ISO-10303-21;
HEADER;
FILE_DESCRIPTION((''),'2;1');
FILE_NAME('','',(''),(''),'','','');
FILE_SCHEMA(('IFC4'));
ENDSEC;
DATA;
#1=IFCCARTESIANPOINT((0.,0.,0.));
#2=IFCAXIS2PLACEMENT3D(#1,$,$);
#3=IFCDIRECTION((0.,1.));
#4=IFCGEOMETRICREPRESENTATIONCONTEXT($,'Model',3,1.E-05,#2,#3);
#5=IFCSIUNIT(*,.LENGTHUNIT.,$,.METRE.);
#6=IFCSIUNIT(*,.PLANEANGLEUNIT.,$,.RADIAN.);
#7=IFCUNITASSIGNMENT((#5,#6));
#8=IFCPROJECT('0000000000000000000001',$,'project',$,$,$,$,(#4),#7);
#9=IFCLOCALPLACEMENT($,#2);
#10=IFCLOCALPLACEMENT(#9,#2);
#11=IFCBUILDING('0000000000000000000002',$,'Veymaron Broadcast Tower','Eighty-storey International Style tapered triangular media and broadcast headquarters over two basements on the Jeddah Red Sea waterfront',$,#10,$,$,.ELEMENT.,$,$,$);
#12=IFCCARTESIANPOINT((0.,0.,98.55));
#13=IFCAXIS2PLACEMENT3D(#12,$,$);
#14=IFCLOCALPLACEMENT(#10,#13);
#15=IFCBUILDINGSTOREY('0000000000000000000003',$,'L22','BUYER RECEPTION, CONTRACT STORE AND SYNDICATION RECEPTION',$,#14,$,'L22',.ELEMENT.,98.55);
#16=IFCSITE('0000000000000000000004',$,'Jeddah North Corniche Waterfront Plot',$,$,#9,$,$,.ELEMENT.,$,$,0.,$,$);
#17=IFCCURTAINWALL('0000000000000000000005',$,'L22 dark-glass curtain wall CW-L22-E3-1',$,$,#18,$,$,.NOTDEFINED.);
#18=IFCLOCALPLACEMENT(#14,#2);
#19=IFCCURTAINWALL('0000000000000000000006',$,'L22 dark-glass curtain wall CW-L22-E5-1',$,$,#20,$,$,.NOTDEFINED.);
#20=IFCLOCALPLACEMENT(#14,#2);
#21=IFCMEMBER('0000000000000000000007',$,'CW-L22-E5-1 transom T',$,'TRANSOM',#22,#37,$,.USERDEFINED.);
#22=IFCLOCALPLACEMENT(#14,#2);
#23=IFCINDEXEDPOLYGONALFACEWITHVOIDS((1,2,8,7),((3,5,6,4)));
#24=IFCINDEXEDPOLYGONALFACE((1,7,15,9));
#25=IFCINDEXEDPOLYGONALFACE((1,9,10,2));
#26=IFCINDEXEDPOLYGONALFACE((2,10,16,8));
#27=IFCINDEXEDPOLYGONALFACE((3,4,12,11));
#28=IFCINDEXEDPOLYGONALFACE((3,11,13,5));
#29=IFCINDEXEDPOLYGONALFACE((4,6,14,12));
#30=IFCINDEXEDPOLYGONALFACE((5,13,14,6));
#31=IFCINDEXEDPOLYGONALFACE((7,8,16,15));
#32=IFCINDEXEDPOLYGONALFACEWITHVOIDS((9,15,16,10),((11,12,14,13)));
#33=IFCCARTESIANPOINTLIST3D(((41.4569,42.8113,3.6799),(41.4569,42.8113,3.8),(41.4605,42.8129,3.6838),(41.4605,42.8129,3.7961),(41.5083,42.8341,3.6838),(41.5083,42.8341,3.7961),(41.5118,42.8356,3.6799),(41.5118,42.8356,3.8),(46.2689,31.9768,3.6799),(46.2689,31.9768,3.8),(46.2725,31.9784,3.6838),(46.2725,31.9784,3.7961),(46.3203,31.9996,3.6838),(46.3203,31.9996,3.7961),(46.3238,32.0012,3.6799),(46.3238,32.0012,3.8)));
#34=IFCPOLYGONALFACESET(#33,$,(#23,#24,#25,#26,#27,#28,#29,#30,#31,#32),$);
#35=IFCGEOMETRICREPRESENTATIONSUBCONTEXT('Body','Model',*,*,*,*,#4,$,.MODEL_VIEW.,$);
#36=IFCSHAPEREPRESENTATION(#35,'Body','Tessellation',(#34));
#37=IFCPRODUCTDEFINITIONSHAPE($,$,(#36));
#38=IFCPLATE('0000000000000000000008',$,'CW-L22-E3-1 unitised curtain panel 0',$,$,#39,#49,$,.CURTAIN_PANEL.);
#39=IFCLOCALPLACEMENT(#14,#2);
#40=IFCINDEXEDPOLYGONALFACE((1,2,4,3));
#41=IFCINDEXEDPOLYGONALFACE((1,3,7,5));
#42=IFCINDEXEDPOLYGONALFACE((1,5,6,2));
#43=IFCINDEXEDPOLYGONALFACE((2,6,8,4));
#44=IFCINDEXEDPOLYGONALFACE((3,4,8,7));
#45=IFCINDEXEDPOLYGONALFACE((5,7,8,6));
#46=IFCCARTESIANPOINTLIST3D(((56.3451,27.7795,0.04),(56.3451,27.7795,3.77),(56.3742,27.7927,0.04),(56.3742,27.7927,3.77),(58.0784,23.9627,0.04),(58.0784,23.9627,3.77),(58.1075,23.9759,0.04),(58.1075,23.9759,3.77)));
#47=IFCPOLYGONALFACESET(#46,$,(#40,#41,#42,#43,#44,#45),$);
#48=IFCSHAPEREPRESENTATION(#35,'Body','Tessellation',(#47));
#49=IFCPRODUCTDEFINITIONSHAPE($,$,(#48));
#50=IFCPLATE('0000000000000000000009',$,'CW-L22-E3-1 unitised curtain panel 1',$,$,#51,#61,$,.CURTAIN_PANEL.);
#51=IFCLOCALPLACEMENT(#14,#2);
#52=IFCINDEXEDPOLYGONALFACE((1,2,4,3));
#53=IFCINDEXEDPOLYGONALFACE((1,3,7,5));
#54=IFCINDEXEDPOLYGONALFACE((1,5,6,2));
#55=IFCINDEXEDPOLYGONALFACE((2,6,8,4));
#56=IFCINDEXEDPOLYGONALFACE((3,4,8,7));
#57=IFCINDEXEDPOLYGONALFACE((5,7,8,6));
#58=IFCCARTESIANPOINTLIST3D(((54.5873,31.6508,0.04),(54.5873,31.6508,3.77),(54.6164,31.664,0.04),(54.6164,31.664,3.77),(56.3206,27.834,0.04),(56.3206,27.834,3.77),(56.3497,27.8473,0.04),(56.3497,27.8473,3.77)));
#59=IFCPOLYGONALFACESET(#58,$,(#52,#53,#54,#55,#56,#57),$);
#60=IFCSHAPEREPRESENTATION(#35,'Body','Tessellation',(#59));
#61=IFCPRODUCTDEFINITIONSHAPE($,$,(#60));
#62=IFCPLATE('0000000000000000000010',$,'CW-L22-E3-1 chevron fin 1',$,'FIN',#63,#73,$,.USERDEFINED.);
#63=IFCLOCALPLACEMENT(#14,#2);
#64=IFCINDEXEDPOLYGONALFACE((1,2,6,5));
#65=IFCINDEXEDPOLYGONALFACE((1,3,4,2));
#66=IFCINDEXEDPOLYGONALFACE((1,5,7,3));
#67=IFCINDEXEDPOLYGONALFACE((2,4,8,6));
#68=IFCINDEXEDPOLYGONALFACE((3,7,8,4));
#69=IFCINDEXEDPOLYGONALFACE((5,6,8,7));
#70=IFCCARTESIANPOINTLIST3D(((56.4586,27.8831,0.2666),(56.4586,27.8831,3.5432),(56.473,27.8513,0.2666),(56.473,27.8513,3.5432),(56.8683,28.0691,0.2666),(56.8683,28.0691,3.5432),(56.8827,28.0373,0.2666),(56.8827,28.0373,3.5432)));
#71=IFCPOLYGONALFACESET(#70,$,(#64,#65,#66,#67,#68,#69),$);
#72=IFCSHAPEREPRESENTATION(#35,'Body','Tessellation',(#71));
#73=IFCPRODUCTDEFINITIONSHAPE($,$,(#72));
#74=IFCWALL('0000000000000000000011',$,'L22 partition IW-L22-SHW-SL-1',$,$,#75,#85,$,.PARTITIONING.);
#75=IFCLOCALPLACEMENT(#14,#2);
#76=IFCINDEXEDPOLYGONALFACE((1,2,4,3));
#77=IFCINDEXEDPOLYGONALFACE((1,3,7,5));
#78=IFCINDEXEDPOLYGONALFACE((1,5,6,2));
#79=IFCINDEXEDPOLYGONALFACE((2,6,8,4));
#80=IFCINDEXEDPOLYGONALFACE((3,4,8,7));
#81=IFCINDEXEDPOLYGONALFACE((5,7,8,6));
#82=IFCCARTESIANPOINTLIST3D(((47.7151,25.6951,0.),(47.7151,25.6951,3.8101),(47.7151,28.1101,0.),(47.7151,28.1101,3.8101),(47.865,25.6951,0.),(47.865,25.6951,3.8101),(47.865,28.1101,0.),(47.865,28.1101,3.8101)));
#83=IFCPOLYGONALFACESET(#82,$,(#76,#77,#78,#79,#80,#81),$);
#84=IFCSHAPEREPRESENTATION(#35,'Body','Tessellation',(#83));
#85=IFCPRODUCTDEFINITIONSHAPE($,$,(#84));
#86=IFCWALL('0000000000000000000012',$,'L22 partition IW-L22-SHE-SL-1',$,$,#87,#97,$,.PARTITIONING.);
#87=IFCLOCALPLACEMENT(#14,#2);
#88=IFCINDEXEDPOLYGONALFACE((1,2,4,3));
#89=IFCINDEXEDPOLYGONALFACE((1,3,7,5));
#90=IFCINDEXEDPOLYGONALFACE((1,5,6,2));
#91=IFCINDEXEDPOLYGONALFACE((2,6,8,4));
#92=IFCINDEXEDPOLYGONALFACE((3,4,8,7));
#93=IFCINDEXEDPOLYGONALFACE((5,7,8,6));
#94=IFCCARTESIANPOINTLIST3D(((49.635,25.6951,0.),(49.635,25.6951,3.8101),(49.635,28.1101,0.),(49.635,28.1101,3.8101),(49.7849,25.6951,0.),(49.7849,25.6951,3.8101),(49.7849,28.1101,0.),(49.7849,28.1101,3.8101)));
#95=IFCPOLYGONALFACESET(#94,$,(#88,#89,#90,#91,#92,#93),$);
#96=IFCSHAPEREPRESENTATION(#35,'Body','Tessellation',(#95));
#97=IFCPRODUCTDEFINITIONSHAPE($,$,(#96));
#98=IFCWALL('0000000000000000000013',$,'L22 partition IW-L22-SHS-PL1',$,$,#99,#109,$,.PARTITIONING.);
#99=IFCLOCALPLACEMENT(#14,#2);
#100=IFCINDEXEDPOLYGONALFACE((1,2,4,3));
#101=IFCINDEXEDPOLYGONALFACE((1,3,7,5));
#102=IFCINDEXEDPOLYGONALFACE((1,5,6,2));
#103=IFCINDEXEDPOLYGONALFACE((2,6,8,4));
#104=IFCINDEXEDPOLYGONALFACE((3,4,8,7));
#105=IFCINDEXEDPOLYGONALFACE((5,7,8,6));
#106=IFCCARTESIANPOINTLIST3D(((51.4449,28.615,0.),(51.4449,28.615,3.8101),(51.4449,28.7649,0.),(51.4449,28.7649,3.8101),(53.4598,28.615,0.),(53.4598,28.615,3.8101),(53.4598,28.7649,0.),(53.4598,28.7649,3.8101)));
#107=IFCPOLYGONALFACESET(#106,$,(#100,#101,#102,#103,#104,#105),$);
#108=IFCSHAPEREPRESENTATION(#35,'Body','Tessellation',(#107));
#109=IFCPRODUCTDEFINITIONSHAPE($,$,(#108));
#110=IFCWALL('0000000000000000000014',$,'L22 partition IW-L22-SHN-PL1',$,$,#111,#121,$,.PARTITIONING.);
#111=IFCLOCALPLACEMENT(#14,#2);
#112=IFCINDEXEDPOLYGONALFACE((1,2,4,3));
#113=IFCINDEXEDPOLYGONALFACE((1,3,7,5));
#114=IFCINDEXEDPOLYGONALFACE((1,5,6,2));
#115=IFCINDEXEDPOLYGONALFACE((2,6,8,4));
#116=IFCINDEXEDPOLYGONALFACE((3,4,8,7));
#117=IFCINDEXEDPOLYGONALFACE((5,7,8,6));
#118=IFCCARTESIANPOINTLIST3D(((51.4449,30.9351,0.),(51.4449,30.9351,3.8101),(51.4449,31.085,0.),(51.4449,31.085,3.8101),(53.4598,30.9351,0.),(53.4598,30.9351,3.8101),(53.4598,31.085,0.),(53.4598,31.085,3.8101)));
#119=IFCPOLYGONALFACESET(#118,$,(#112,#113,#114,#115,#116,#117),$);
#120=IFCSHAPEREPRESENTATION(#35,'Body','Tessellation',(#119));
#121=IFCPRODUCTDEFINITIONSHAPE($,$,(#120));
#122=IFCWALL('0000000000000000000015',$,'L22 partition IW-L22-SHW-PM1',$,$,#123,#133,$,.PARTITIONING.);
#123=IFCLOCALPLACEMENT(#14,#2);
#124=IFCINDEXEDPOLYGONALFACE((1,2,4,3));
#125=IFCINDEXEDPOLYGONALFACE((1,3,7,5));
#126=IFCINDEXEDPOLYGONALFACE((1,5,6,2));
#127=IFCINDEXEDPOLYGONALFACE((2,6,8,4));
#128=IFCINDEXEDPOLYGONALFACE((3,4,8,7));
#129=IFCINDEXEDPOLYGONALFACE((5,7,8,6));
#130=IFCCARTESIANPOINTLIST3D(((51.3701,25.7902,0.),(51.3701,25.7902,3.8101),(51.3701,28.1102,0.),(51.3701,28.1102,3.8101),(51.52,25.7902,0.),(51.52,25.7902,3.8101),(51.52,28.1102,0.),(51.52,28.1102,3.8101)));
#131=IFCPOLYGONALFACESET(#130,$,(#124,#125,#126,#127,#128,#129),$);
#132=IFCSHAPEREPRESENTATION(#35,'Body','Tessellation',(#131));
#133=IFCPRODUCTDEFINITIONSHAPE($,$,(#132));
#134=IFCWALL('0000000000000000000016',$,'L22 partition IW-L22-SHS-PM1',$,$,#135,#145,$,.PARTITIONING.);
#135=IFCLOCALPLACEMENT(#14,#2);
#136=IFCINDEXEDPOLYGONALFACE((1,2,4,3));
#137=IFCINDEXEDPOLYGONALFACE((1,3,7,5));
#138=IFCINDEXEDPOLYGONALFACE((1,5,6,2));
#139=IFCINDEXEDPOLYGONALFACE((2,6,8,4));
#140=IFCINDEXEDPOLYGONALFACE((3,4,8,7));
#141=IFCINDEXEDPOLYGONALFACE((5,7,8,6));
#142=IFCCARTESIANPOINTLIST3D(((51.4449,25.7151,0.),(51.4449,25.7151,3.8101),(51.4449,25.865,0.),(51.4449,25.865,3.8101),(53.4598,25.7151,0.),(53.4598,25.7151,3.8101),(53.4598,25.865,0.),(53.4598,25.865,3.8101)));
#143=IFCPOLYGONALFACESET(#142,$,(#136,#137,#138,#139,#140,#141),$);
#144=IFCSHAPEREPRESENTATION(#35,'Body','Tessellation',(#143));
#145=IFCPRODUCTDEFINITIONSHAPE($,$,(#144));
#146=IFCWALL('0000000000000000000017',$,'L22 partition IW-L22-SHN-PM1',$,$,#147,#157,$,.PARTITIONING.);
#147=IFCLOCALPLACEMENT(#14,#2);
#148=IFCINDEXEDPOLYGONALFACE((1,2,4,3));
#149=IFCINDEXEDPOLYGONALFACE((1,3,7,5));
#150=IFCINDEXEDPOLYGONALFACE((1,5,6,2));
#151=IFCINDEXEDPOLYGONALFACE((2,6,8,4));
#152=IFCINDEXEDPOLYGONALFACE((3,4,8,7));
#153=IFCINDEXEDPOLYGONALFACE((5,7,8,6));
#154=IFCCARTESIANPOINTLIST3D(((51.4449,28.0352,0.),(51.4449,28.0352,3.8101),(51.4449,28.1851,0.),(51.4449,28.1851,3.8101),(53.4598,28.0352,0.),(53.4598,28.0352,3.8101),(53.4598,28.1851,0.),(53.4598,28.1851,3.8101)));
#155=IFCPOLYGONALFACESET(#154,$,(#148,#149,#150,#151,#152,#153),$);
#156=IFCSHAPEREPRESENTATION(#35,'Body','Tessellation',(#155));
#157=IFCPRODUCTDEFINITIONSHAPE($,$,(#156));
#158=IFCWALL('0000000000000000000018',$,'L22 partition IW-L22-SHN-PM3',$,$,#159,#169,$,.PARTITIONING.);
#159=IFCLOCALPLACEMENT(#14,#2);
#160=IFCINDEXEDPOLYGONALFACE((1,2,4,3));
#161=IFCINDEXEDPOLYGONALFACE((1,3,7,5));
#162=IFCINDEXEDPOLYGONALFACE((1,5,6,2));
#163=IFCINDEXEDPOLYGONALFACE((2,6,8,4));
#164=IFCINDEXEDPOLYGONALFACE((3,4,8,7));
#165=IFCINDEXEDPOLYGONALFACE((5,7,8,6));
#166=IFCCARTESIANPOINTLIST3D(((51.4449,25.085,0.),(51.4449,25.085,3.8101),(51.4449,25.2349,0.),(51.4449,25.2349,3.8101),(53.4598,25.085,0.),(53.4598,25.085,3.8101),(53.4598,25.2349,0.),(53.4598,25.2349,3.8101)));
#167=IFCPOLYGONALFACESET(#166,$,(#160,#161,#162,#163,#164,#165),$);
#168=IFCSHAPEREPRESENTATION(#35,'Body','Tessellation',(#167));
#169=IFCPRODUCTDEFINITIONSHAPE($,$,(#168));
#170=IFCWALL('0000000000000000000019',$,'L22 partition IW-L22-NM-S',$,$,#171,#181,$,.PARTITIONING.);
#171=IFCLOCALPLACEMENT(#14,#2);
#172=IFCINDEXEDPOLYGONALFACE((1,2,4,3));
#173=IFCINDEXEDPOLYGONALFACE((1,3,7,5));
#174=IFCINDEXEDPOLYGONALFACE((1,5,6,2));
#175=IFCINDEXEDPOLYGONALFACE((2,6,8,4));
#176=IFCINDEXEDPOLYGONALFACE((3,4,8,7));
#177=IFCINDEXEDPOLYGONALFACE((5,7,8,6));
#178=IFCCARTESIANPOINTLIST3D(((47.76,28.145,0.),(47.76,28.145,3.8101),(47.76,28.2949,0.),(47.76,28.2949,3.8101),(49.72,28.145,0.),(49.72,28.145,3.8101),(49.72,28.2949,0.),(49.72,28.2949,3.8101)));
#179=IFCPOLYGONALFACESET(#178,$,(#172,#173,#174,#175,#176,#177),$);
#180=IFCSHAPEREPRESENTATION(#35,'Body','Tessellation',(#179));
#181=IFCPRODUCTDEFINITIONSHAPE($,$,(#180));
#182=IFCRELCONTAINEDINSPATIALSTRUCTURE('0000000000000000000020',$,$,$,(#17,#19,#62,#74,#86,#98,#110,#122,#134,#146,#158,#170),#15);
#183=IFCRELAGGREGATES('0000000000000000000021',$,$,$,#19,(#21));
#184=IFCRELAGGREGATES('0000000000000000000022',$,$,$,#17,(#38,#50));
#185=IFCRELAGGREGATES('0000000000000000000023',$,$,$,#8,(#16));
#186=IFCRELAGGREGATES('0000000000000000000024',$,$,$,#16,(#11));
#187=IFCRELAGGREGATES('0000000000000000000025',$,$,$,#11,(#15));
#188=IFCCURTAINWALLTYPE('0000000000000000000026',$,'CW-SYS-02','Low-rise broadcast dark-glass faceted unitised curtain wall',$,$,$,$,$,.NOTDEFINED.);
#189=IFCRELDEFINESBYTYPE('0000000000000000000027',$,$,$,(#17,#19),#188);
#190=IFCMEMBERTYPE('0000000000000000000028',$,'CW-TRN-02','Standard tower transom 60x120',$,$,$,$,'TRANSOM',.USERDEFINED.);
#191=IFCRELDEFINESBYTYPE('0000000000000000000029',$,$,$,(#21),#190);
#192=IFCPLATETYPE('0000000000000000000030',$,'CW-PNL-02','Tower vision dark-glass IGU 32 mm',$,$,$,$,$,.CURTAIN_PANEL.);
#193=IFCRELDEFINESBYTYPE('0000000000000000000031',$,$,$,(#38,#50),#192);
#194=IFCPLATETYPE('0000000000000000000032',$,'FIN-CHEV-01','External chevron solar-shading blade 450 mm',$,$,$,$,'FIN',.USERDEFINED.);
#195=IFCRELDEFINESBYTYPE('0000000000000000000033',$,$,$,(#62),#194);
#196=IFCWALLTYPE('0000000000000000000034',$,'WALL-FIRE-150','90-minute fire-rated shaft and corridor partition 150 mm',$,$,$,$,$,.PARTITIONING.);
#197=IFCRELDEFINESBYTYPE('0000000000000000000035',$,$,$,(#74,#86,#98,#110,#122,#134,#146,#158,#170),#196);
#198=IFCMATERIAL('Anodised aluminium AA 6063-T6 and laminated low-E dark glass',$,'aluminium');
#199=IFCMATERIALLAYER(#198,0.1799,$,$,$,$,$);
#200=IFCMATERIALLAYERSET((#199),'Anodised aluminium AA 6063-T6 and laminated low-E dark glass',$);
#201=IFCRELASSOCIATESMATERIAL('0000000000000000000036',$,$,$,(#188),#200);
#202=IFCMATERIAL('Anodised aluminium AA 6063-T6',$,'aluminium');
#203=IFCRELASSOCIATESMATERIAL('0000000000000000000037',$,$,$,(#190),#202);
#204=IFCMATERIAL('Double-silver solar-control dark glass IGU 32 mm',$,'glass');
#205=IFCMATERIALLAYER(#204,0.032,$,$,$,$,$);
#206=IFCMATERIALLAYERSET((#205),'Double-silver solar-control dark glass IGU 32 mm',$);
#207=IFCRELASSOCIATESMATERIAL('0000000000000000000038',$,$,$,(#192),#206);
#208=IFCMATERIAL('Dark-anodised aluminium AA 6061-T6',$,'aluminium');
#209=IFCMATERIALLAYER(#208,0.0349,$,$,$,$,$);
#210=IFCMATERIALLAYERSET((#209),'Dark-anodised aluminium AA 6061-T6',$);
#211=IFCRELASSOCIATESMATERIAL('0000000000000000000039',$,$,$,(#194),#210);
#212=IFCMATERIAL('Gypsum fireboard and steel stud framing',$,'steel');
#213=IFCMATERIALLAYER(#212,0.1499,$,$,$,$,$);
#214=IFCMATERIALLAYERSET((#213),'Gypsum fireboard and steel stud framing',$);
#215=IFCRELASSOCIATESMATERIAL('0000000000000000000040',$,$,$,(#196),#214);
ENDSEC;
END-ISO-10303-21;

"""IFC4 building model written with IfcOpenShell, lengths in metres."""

from ifc_helpers import new_model, si_unit, direction, frame, frame_2d, origin, origin_2d, place, context, subcontext, project, spatial, rectangle, hollow_rectangle, extrude, material, layer, layer_set, material_profile, profile_set, type_object, element, aggregate, save


model = new_model("IFC4")

# Units and contexts
model_context = context("Model", 3, precision=1e-05, world=origin(), true_north=direction((0.0, 1.0)))
body_context = subcontext(model_context, "Body", "Model", "MODEL_VIEW")
ifc_project = project(units=[si_unit("LENGTHUNIT", "METRE"), si_unit("PLANEANGLEUNIT", "RADIAN")], contexts=[model_context])

# Site, building, storey
site_placement = place(None, origin())
site = spatial("IfcSite", under=ifc_project, at=site_placement, Name="Jeddah North Corniche Waterfront Plot", CompositionType="ELEMENT", RefElevation=0.0)
building_placement = place(site_placement, origin())
building = spatial("IfcBuilding", under=site, at=building_placement, Name="Veymaron Broadcast Tower", Description="Eighty-storey International Style tapered triangular media and broadcast headquarters over two basements on the Jeddah Red Sea waterfront", CompositionType="ELEMENT")
storey_placement = place(building_placement, frame((0.0, 0.0, 98.55)))
storey = spatial("IfcBuildingStorey", under=building, at=storey_placement, Name="L22", Description="BUYER RECEPTION, CONTRACT STORE AND SYNDICATION RECEPTION", LongName="L22", CompositionType="ELEMENT", Elevation=98.55)

# Shared definitions
ifc_material_1 = material(Name="Anodised aluminium AA 6063-T6 and laminated low-E dark glass", Category="aluminium")
ifc_layer_1 = layer(ifc_material_1, 0.1799)
ifc_layer_set_1 = layer_set([ifc_layer_1], Name="Anodised aluminium AA 6063-T6 and laminated low-E dark glass")
curtain_wall_type = type_object("IfcCurtainWallType", Name="CW-SYS-02", Description="Low-rise broadcast dark-glass faceted unitised curtain wall", PredefinedType="NOTDEFINED", material=ifc_layer_set_1)
ifc_material_2 = material(Name="Anodised aluminium AA 6063-T6", Category="aluminium")

# Curtain wall
curtain_wall_1_placement = place(storey_placement, origin())
curtain_wall_1 = element("IfcCurtainWall", 1, at=curtain_wall_1_placement, inside=storey, type_object=curtain_wall_type, Name="L22 dark-glass curtain wall CW-L22-E3-1", PredefinedType="NOTDEFINED")

# Curtain wall
curtain_wall_2_placement = place(storey_placement, origin())
curtain_wall_2 = element("IfcCurtainWall", 2, at=curtain_wall_2_placement, inside=storey, type_object=curtain_wall_type, Name="L22 dark-glass curtain wall CW-L22-E5-1", PredefinedType="NOTDEFINED")

# Member
ifc_material_profile_1 = material_profile(ifc_material_2, hollow_rectangle(XDim=0.0601, YDim=0.1201, WallThickness=0.0039, at=origin_2d()), Name="AL120X60X4")
ifc_profile_set_1 = profile_set([ifc_material_profile_1], Name="Anodised aluminium AA 6063-T6")
member_type_1 = type_object("IfcMemberType", Name="CW-TRN-02", Description="Standard tower transom 60x120", ElementType="TRANSOM", PredefinedType="USERDEFINED", material=ifc_profile_set_1)
member_1_placement = place(storey_placement, frame((46.2964, 31.989, 3.74), z_axis=(-0.405905, 0.913915, 0.0), x_axis=(-0.913915, -0.405905, 0.0)))
member_1 = element("IfcMember", 3, at=member_1_placement, type_object=member_type_1, Name="CW-L22-E5-1 transom T", ObjectType="TRANSOM", PredefinedType="USERDEFINED", context=body_context, shape_type="SweptSolid", body=[
    extrude(hollow_rectangle(XDim=0.0601, YDim=0.1201, WallThickness=0.0039, at=origin_2d()), origin(), (0.0, 0.0, 1.0), 11.855),
])
aggregate(curtain_wall_2, [member_1])

# Plates
ifc_material_3 = material(Name="Double-silver solar-control dark glass IGU 32 mm", Category="glass")
ifc_layer_2 = layer(ifc_material_3, 0.032)
ifc_layer_set_2 = layer_set([ifc_layer_2], Name="Double-silver solar-control dark glass IGU 32 mm")
plate_type_1 = type_object("IfcPlateType", Name="CW-PNL-02", Description="Tower vision dark-glass IGU 32 mm", PredefinedType="CURTAIN_PANEL", material=ifc_layer_set_2)
plate_1_placement = place(storey_placement, frame((57.2263, 25.8777, 0.04), z_axis=(0.0, 0.0, 1.0), x_axis=(-0.413486, 0.910511, 0.0)))
plate_1 = element("IfcPlate", 4, at=plate_1_placement, type_object=plate_type_1, Name="CW-L22-E3-1 unitised curtain panel 0", PredefinedType="CURTAIN_PANEL", context=body_context, shape_type="SweptSolid", body=[
    extrude(rectangle(XDim=4.1919, YDim=0.032, at=origin_2d()), origin(), (0.0, 0.0, 1.0), 3.73),
])
plate_2_placement = place(storey_placement, frame((55.4685, 29.749, 0.04), z_axis=(0.0, 0.0, 1.0), x_axis=(-0.413486, 0.910511, 0.0)))
plate_2 = element("IfcPlate", 5, at=plate_2_placement, type_object=plate_type_1, Name="CW-L22-E3-1 unitised curtain panel 1", PredefinedType="CURTAIN_PANEL", context=body_context, shape_type="SweptSolid", body=[
    extrude(rectangle(XDim=4.1919, YDim=0.032, at=origin_2d()), origin(), (0.0, 0.0, 1.0), 3.73),
])
aggregate(curtain_wall_1, [plate_1, plate_2])
ifc_material_4 = material(Name="Dark-anodised aluminium AA 6061-T6", Category="aluminium")
ifc_layer_3 = layer(ifc_material_4, 0.0349)
ifc_layer_set_3 = layer_set([ifc_layer_3], Name="Dark-anodised aluminium AA 6061-T6")
plate_type_2 = type_object("IfcPlateType", Name="FIN-CHEV-01", Description="External chevron solar-shading blade 450 mm", ElementType="FIN", PredefinedType="USERDEFINED", material=ifc_layer_set_3)
plate_3_placement = place(storey_placement, frame((56.6707, 27.9602, 0.2666), z_axis=(0.0, 0.0, 1.0), x_axis=(0.910511, 0.413486, 0.0)))
element("IfcPlate", 6, at=plate_3_placement, inside=storey, type_object=plate_type_2, Name="CW-L22-E3-1 chevron fin 1", ObjectType="FIN", PredefinedType="USERDEFINED", context=body_context, shape_type="SweptSolid", body=[
    extrude(rectangle(XDim=0.45, YDim=0.0349, at=origin_2d()), origin(), (0.0, 0.0, 1.0), 3.2766),
])

# Shared definitions
ifc_material_5 = material(Name="Gypsum fireboard and steel stud framing", Category="steel")
ifc_layer_4 = layer(ifc_material_5, 0.1499)
ifc_layer_set_4 = layer_set([ifc_layer_4], Name="Gypsum fireboard and steel stud framing")
wall_type_1 = type_object("IfcWallType", Name="WALL-FIRE-150", Description="90-minute fire-rated shaft and corridor partition 150 mm", PredefinedType="PARTITIONING", material=ifc_layer_set_4)

# Walls
for number, where, z_axis, x_axis, name in (
    (7, (47.79, 25.6951, 0.0), (0.0, 0.0, 1.0), (0.0, 1.0, 0.0), "L22 partition IW-L22-SHW-SL-1"),
    (8, (49.71, 25.6951, 0.0), (0.0, 0.0, 1.0), (0.0, 1.0, 0.0), "L22 partition IW-L22-SHE-SL-1"),
):
    element("IfcWall", number, at=place(storey_placement, frame(where, z_axis=z_axis, x_axis=x_axis)), inside=storey, type_object=wall_type_1, Name=name, PredefinedType="PARTITIONING", context=body_context, shape_type="SweptSolid", body=[
        extrude(rectangle(XDim=2.415, YDim=0.1499, at=frame_2d((1.2075, 0.0))), origin(), (0.0, 0.0, 1.0), 3.8101),
    ])

# Walls
for number, where, z_axis, x_axis, name in (
    (9, (51.4451, 28.6899, 0.0), (0.0, 0.0, 1.0), (1.0, 0.0, 0.0), "L22 partition IW-L22-SHS-PL1"),
    (10, (51.4451, 31.01, 0.0), (0.0, 0.0, 1.0), (1.0, 0.0, 0.0), "L22 partition IW-L22-SHN-PL1"),
):
    element("IfcWall", number, at=place(storey_placement, frame(where, z_axis=z_axis, x_axis=x_axis)), inside=storey, type_object=wall_type_1, Name=name, PredefinedType="PARTITIONING", context=body_context, shape_type="SweptSolid", body=[
        extrude(rectangle(XDim=2.0149, YDim=0.1499, at=frame_2d((1.0073, 0.0))), origin(), (0.0, 0.0, 1.0), 3.8101),
    ])
wall_1_placement = place(storey_placement, frame((51.4451, 25.79, 0.0), z_axis=(0.0, 0.0, 1.0), x_axis=(0.0, 1.0, 0.0)))
element("IfcWall", 11, at=wall_1_placement, inside=storey, type_object=wall_type_1, Name="L22 partition IW-L22-SHW-PM1", PredefinedType="PARTITIONING", context=body_context, shape_type="SweptSolid", body=[
    extrude(rectangle(XDim=2.3201, YDim=0.1499, at=frame_2d((1.1602, 0.0))), origin(), (0.0, 0.0, 1.0), 3.8101),
])
for number, where, z_axis, x_axis, name in (
    (12, (51.4451, 25.79, 0.0), (0.0, 0.0, 1.0), (1.0, 0.0, 0.0), "L22 partition IW-L22-SHS-PM1"),
    (13, (51.4451, 28.1101, 0.0), (0.0, 0.0, 1.0), (1.0, 0.0, 0.0), "L22 partition IW-L22-SHN-PM1"),
    (14, (51.4451, 25.1599, 0.0), (0.0, 0.0, 1.0), (1.0, 0.0, 0.0), "L22 partition IW-L22-SHN-PM3"),
):
    element("IfcWall", number, at=place(storey_placement, frame(where, z_axis=z_axis, x_axis=x_axis)), inside=storey, type_object=wall_type_1, Name=name, PredefinedType="PARTITIONING", context=body_context, shape_type="SweptSolid", body=[
        extrude(rectangle(XDim=2.0149, YDim=0.1499, at=frame_2d((1.0073, 0.0))), origin(), (0.0, 0.0, 1.0), 3.8101),
    ])
wall_2_placement = place(storey_placement, frame((47.76, 28.22, 0.0), z_axis=(0.0, 0.0, 1.0), x_axis=(1.0, 0.0, 0.0)))
element("IfcWall", 15, at=wall_2_placement, inside=storey, type_object=wall_type_1, Name="L22 partition IW-L22-NM-S", PredefinedType="PARTITIONING", context=body_context, shape_type="SweptSolid", body=[
    extrude(rectangle(XDim=1.96, YDim=0.1499, at=frame_2d((0.98, 0.0))), origin(), (0.0, 0.0, 1.0), 3.8101),
])

save(model, "model.ifc")
